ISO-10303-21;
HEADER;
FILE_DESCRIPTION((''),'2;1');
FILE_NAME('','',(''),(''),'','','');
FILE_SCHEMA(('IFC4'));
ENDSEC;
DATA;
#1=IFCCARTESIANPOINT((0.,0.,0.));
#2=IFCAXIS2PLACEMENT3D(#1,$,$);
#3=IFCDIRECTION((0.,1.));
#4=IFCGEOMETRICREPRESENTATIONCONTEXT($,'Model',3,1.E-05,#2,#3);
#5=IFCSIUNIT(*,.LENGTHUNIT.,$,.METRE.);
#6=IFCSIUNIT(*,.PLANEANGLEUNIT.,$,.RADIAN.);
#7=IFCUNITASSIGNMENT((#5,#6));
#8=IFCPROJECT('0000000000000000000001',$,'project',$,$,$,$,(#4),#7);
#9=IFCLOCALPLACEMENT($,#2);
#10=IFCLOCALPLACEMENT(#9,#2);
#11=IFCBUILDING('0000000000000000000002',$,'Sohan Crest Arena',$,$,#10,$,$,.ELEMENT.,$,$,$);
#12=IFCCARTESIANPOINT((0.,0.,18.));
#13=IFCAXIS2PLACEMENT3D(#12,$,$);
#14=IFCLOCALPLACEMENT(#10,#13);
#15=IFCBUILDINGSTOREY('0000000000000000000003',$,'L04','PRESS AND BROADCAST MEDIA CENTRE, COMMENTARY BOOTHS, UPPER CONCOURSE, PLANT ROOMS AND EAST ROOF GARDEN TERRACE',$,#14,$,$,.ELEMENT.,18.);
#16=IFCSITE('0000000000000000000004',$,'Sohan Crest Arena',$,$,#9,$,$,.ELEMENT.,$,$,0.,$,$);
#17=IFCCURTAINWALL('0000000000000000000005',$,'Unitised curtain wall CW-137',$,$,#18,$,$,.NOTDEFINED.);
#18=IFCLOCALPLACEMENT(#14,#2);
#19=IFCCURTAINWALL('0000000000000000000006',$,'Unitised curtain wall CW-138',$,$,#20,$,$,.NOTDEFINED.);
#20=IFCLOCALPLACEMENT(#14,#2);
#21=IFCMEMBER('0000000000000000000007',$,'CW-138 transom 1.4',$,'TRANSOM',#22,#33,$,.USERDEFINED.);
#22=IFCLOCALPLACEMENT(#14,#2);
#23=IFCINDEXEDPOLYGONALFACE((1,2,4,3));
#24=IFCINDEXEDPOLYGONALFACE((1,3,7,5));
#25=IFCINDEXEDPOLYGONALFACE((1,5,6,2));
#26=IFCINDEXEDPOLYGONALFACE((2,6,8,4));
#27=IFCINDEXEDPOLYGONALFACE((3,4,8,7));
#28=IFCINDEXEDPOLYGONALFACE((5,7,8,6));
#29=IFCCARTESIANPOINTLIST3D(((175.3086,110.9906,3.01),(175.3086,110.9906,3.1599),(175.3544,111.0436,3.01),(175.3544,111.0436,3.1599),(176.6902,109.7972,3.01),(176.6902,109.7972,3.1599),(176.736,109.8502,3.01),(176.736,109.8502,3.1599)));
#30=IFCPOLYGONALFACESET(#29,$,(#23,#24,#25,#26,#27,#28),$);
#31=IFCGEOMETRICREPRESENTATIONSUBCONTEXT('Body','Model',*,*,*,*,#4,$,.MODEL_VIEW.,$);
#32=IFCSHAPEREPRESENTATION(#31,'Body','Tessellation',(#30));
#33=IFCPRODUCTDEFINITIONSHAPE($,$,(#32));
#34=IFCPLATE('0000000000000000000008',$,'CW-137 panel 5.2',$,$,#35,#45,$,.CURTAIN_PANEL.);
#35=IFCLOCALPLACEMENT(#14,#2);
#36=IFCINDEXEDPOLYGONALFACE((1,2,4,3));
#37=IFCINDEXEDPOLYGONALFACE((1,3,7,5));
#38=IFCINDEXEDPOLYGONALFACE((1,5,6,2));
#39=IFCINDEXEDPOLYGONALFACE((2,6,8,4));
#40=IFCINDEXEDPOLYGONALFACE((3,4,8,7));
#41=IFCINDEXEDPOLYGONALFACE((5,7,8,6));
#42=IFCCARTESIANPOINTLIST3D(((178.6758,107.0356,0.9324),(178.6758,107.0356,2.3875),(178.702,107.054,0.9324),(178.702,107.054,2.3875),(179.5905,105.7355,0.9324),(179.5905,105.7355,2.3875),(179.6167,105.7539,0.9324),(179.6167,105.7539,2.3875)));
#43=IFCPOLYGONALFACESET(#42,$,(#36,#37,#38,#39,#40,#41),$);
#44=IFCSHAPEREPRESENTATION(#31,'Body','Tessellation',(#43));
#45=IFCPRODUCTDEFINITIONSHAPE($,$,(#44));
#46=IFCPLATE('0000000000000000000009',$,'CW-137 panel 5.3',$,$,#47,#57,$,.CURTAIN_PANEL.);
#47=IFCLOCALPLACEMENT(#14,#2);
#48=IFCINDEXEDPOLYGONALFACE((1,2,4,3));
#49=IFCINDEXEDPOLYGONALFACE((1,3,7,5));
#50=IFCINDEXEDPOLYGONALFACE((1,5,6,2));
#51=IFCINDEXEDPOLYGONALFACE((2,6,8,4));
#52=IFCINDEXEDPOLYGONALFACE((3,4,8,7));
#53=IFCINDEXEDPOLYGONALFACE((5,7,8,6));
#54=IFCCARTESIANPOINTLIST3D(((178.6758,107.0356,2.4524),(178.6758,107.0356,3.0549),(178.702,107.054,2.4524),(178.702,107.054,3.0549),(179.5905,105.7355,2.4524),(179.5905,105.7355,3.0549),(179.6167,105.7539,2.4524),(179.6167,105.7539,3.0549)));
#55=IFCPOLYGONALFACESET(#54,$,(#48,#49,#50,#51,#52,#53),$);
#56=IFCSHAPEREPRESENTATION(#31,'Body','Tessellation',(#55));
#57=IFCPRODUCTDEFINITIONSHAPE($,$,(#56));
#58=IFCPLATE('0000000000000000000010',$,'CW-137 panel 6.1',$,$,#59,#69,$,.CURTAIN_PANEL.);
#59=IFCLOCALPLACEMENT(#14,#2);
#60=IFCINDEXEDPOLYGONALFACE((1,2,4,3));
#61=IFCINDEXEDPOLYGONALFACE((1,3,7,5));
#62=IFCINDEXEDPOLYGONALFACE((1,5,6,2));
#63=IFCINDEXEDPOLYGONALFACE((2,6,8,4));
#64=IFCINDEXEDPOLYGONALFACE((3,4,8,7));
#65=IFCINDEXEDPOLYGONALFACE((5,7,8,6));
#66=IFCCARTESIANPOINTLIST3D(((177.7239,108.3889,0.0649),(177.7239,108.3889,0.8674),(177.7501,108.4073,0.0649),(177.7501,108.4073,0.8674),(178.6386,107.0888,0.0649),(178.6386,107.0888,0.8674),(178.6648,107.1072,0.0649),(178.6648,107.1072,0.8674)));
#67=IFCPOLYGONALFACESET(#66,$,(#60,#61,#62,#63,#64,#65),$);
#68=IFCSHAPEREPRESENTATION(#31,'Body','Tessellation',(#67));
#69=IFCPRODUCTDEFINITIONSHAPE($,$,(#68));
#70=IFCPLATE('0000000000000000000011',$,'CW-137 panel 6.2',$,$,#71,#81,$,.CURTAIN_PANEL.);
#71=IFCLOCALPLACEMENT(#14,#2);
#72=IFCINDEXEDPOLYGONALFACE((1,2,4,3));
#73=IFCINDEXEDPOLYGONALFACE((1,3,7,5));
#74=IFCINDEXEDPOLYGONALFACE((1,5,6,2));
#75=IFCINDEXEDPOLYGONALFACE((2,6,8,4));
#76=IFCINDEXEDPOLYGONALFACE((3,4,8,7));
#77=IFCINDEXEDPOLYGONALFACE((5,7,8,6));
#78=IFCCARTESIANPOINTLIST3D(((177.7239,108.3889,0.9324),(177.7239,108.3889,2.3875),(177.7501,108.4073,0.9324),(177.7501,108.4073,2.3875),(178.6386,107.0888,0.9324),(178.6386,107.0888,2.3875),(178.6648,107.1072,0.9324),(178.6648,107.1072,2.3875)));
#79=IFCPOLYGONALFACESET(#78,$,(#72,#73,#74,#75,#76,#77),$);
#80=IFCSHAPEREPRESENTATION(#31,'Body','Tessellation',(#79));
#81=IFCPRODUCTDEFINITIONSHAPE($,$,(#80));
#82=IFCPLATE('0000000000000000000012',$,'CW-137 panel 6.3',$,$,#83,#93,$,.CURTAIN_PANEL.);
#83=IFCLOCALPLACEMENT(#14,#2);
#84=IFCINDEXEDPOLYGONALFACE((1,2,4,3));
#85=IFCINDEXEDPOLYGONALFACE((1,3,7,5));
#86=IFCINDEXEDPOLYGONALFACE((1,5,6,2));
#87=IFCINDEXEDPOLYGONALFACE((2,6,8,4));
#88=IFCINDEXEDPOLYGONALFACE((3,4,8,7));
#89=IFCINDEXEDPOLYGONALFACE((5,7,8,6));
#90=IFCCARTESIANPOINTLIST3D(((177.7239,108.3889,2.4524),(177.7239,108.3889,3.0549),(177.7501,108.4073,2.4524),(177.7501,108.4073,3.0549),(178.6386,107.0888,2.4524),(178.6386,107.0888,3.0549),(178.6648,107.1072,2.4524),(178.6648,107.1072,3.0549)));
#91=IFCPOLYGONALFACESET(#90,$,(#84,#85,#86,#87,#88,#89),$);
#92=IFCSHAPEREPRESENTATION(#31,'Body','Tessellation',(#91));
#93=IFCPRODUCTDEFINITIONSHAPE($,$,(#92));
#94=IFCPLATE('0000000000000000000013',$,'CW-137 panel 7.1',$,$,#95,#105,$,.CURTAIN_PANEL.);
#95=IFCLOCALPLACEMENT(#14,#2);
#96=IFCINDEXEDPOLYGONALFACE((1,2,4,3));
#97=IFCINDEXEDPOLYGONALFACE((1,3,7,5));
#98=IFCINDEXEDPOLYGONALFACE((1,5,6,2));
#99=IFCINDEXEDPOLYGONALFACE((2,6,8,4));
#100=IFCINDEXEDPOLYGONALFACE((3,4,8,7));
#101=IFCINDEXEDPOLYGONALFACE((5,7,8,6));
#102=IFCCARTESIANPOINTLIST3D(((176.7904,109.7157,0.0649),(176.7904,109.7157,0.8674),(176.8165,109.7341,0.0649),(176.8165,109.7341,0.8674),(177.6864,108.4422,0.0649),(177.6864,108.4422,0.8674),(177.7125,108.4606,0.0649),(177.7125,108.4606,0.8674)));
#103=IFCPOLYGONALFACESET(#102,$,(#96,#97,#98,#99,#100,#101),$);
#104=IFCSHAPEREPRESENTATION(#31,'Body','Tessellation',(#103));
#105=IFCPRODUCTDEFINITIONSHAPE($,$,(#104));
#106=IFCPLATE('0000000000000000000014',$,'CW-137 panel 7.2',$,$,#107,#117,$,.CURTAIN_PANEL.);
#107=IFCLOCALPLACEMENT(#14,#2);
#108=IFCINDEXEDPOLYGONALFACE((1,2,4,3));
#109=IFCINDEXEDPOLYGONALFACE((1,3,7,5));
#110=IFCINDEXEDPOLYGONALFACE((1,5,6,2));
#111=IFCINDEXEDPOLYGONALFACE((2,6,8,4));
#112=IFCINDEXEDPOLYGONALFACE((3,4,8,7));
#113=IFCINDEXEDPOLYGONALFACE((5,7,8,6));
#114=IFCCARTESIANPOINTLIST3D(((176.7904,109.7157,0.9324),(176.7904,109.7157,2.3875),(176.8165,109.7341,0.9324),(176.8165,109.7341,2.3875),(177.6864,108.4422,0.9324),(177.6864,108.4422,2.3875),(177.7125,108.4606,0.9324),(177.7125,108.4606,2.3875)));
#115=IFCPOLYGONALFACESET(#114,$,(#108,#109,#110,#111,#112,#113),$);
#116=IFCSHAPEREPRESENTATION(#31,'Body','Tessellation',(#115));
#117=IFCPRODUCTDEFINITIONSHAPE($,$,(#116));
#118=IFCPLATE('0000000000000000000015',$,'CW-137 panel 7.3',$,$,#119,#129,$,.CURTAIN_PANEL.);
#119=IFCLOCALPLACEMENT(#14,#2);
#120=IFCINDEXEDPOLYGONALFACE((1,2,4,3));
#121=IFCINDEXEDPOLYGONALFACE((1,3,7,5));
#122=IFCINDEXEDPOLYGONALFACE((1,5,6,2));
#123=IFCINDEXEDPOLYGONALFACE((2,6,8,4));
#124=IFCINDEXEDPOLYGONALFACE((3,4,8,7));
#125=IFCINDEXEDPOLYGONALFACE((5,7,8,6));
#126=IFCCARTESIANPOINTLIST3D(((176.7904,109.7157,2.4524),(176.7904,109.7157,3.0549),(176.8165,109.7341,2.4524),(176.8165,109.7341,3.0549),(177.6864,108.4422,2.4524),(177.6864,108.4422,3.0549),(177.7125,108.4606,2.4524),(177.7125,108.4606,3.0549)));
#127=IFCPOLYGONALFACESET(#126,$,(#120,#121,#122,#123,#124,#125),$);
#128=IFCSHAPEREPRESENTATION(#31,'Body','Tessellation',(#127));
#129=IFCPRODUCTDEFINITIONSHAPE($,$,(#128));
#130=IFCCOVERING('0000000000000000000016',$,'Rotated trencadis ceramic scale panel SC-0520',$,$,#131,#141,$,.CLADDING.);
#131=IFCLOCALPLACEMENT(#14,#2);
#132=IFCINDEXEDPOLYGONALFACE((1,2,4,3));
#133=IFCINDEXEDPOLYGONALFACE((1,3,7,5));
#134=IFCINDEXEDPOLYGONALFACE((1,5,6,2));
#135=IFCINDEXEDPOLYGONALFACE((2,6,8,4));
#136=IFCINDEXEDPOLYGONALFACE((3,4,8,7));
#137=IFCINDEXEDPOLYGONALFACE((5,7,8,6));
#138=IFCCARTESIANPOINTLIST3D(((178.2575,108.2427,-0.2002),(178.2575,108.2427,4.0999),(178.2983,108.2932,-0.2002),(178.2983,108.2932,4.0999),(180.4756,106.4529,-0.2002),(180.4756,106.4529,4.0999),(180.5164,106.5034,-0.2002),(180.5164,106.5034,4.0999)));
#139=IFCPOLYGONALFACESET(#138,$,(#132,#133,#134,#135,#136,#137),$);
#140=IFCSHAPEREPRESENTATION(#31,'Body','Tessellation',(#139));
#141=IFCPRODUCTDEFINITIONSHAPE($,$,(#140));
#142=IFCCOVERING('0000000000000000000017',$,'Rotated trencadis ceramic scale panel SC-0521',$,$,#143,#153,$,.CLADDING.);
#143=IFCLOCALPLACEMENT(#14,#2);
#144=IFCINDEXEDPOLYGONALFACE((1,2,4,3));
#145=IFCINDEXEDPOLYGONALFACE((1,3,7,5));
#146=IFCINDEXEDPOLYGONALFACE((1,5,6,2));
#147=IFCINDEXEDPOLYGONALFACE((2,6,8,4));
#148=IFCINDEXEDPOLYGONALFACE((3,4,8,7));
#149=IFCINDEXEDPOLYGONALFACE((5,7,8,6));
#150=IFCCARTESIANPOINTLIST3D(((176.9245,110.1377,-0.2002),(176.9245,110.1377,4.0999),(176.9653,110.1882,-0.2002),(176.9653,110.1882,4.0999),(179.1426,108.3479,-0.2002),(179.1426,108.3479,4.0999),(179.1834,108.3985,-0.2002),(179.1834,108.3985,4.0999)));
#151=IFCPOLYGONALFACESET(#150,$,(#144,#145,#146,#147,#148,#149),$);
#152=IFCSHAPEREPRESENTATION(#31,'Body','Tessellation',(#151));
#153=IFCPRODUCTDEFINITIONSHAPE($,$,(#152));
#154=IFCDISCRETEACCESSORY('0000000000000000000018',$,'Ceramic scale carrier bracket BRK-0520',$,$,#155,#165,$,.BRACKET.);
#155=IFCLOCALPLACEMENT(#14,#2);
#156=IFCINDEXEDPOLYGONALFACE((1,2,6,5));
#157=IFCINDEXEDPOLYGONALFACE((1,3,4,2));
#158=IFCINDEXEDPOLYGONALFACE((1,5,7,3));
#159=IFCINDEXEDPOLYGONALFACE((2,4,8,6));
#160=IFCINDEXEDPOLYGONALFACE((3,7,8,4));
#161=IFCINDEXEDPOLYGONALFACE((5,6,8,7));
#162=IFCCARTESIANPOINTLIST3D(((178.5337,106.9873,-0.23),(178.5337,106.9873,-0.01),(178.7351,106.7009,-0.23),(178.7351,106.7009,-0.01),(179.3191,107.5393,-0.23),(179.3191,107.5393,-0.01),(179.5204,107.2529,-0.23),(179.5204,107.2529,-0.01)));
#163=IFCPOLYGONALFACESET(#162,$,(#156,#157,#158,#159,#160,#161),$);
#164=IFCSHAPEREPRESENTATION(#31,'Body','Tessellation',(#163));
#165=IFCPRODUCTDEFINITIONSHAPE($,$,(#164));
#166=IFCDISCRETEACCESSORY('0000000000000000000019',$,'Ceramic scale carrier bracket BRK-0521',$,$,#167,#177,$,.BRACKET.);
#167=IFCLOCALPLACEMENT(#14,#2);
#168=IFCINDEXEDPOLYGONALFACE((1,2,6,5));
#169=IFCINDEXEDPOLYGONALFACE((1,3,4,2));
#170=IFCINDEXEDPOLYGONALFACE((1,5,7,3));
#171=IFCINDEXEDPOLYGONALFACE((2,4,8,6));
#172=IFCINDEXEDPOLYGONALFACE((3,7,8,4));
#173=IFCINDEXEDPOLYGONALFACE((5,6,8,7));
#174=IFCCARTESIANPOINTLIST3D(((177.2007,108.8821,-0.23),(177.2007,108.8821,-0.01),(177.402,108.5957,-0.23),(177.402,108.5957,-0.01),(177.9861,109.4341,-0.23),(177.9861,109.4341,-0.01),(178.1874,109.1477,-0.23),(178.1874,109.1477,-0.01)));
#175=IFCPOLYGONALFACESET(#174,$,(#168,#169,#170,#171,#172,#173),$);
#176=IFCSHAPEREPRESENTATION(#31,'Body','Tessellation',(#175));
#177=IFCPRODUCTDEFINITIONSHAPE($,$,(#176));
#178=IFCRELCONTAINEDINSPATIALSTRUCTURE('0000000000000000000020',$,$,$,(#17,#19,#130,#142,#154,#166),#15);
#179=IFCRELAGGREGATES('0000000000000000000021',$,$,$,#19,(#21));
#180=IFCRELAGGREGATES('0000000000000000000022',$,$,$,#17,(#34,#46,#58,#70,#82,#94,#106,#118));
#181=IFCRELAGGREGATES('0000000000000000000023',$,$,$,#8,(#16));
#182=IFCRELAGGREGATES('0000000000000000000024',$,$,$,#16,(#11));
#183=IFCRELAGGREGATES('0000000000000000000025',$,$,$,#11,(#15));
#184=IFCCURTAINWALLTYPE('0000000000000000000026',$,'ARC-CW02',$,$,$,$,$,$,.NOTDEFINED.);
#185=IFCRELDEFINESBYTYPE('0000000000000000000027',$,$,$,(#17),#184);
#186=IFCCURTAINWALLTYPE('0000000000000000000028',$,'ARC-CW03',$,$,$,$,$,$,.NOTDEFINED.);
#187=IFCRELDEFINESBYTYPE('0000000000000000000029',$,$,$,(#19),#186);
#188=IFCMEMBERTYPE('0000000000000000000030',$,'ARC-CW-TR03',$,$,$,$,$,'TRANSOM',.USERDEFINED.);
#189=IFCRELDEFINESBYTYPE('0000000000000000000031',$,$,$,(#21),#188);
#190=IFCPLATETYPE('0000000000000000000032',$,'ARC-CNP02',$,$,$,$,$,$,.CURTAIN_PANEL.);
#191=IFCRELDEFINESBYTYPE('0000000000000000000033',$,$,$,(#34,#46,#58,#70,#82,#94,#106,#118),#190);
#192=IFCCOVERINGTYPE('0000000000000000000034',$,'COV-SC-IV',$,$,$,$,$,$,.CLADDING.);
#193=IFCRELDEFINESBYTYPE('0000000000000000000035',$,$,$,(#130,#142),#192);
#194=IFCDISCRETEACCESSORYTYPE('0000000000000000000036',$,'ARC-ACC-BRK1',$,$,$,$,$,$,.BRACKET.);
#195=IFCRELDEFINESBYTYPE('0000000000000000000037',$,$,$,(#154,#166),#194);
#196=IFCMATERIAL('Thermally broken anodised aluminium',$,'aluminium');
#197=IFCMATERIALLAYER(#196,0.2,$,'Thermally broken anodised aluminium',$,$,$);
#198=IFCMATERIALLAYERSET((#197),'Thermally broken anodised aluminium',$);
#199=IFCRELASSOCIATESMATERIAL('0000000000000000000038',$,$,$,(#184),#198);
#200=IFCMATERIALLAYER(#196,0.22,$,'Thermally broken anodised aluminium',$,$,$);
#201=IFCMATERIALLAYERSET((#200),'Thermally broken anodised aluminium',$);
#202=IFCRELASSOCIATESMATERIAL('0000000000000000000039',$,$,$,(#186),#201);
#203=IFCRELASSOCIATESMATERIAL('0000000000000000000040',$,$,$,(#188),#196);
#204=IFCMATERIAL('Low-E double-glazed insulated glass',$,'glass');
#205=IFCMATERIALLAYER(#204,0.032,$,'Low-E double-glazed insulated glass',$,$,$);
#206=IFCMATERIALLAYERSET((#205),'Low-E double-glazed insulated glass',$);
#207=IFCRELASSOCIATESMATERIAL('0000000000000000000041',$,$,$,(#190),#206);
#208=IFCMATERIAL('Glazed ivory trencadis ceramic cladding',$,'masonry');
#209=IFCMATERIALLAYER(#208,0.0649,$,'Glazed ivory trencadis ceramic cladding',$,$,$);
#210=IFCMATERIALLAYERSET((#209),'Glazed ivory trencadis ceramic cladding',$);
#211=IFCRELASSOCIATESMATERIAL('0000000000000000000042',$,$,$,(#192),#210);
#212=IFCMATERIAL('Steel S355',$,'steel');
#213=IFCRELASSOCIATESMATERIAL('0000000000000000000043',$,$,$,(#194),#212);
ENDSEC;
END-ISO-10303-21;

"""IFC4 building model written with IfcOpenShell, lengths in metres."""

from ifc_helpers import new_model, si_unit, direction, frame, origin, origin_2d, place, context, subcontext, project, spatial, rectangle, extrude, material, layer, layer_set, material_profile, profile_set, type_object, element, aggregate, save


model = new_model("IFC4")

# Units and contexts
model_context = context("Model", 3, precision=1e-05, world=origin(), true_north=direction((0.0, 1.0)))
body_context = subcontext(model_context, "Body", "Model", "MODEL_VIEW")
ifc_project = project(units=[si_unit("LENGTHUNIT", "METRE"), si_unit("PLANEANGLEUNIT", "RADIAN")], contexts=[model_context])

# Site, building, storey
site_placement = place(None, origin())
site = spatial("IfcSite", under=ifc_project, at=site_placement, Name="Sohan Crest Arena", CompositionType="ELEMENT", RefElevation=0.0)
building_placement = place(site_placement, origin())
building = spatial("IfcBuilding", under=site, at=building_placement, Name="Sohan Crest Arena", CompositionType="ELEMENT")
storey_placement = place(building_placement, frame((0.0, 0.0, 18.0)))
storey = spatial("IfcBuildingStorey", under=building, at=storey_placement, Name="L04", Description="PRESS AND BROADCAST MEDIA CENTRE, COMMENTARY BOOTHS, UPPER CONCOURSE, PLANT ROOMS AND EAST ROOF GARDEN TERRACE", CompositionType="ELEMENT", Elevation=18.0)

# Curtain wall
ifc_material_1 = material(Name="Thermally broken anodised aluminium", Category="aluminium")
ifc_layer_1 = layer(ifc_material_1, 0.2, Name="Thermally broken anodised aluminium")
ifc_layer_set_1 = layer_set([ifc_layer_1], Name="Thermally broken anodised aluminium")
curtain_wall_type_1 = type_object("IfcCurtainWallType", Name="ARC-CW02", PredefinedType="NOTDEFINED", material=ifc_layer_set_1)
curtain_wall_1_placement = place(storey_placement, origin())
curtain_wall_1 = element("IfcCurtainWall", 1, at=curtain_wall_1_placement, inside=storey, type_object=curtain_wall_type_1, Name="Unitised curtain wall CW-137", PredefinedType="NOTDEFINED")

# Curtain wall
ifc_layer_2 = layer(ifc_material_1, 0.22, Name="Thermally broken anodised aluminium")
ifc_layer_set_2 = layer_set([ifc_layer_2], Name="Thermally broken anodised aluminium")
curtain_wall_type_2 = type_object("IfcCurtainWallType", Name="ARC-CW03", PredefinedType="NOTDEFINED", material=ifc_layer_set_2)
curtain_wall_2_placement = place(storey_placement, origin())
curtain_wall_2 = element("IfcCurtainWall", 2, at=curtain_wall_2_placement, inside=storey, type_object=curtain_wall_type_2, Name="Unitised curtain wall CW-138", PredefinedType="NOTDEFINED")

# Member
ifc_material_profile_1 = material_profile(ifc_material_1, rectangle(XDim=0.0701, YDim=0.1499, at=origin_2d()), Name="ALU-TRAN 70x150")
ifc_profile_set_1 = profile_set([ifc_material_profile_1], Name="Thermally broken anodised aluminium")
member_type_1 = type_object("IfcMemberType", Name="ARC-CW-TR03", ElementType="TRANSOM", PredefinedType="USERDEFINED", material=ifc_profile_set_1)
member_1_placement = place(storey_placement, frame((176.7131, 109.8237, 3.085), z_axis=(-0.756778, 0.653672, 0.0), x_axis=(-0.653672, -0.756778, 0.0)))
member_1 = element("IfcMember", 3, at=member_1_placement, type_object=member_type_1, Name="CW-138 transom 1.4", ObjectType="TRANSOM", PredefinedType="USERDEFINED", context=body_context, shape_type="SweptSolid", body=[
    extrude(rectangle(XDim=0.0701, YDim=0.1499, at=origin_2d()), origin(), (0.0, 0.0, 1.0), 1.8257),
])
aggregate(curtain_wall_2, [member_1])

# Plates
ifc_material_2 = material(Name="Low-E double-glazed insulated glass", Category="glass")
ifc_layer_3 = layer(ifc_material_2, 0.032, Name="Low-E double-glazed insulated glass")
ifc_layer_set_3 = layer_set([ifc_layer_3], Name="Low-E double-glazed insulated glass")
plate_type = type_object("IfcPlateType", Name="ARC-CNP02", PredefinedType="CURTAIN_PANEL", material=ifc_layer_set_3)
plate_1_placement = place(storey_placement, frame((179.1462, 106.3948, 0.9324), z_axis=(0.0, 0.0, 1.0), x_axis=(-0.575425, 0.817855, 0.0)))
plate_1 = element("IfcPlate", 4, at=plate_1_placement, type_object=plate_type, Name="CW-137 panel 5.2", PredefinedType="CURTAIN_PANEL", context=body_context, shape_type="SweptSolid", body=[
    extrude(rectangle(XDim=1.5896, YDim=0.032, at=origin_2d()), origin(), (0.0, 0.0, 1.0), 1.4551),
])
plate_2_placement = place(storey_placement, frame((179.1462, 106.3948, 2.4524), z_axis=(0.0, 0.0, 1.0), x_axis=(-0.575425, 0.817855, 0.0)))
plate_2 = element("IfcPlate", 5, at=plate_2_placement, type_object=plate_type, Name="CW-137 panel 5.3", PredefinedType="CURTAIN_PANEL", context=body_context, shape_type="SweptSolid", body=[
    extrude(rectangle(XDim=1.5896, YDim=0.032, at=origin_2d()), origin(), (0.0, 0.0, 1.0), 0.6025),
])
plate_3_placement = place(storey_placement, frame((178.1943, 107.748, 0.0649), z_axis=(0.0, 0.0, 1.0), x_axis=(-0.575425, 0.817855, 0.0)))
plate_3 = element("IfcPlate", 6, at=plate_3_placement, type_object=plate_type, Name="CW-137 panel 6.1", PredefinedType="CURTAIN_PANEL", context=body_context, shape_type="SweptSolid", body=[
    extrude(rectangle(XDim=1.5896, YDim=0.032, at=origin_2d()), origin(), (0.0, 0.0, 1.0), 0.8025),
])
plate_4_placement = place(storey_placement, frame((178.1943, 107.748, 0.9324), z_axis=(0.0, 0.0, 1.0), x_axis=(-0.575425, 0.817855, 0.0)))
plate_4 = element("IfcPlate", 7, at=plate_4_placement, type_object=plate_type, Name="CW-137 panel 6.2", PredefinedType="CURTAIN_PANEL", context=body_context, shape_type="SweptSolid", body=[
    extrude(rectangle(XDim=1.5896, YDim=0.032, at=origin_2d()), origin(), (0.0, 0.0, 1.0), 1.4551),
])
plate_5_placement = place(storey_placement, frame((178.1943, 107.748, 2.4524), z_axis=(0.0, 0.0, 1.0), x_axis=(-0.575425, 0.817855, 0.0)))
plate_5 = element("IfcPlate", 8, at=plate_5_placement, type_object=plate_type, Name="CW-137 panel 6.3", PredefinedType="CURTAIN_PANEL", context=body_context, shape_type="SweptSolid", body=[
    extrude(rectangle(XDim=1.5896, YDim=0.032, at=origin_2d()), origin(), (0.0, 0.0, 1.0), 0.6025),
])
plate_6_placement = place(storey_placement, frame((177.2515, 109.0881, 0.0649), z_axis=(0.0, 0.0, 1.0), x_axis=(-0.575425, 0.817855, 0.0)))
plate_6 = element("IfcPlate", 9, at=plate_6_placement, type_object=plate_type, Name="CW-137 panel 7.1", PredefinedType="CURTAIN_PANEL", context=body_context, shape_type="SweptSolid", body=[
    extrude(rectangle(XDim=1.5571, YDim=0.032, at=origin_2d()), origin(), (0.0, 0.0, 1.0), 0.8025),
])
plate_7_placement = place(storey_placement, frame((177.2515, 109.0881, 0.9324), z_axis=(0.0, 0.0, 1.0), x_axis=(-0.575425, 0.817855, 0.0)))
plate_7 = element("IfcPlate", 10, at=plate_7_placement, type_object=plate_type, Name="CW-137 panel 7.2", PredefinedType="CURTAIN_PANEL", context=body_context, shape_type="SweptSolid", body=[
    extrude(rectangle(XDim=1.5571, YDim=0.032, at=origin_2d()), origin(), (0.0, 0.0, 1.0), 1.4551),
])
plate_8_placement = place(storey_placement, frame((177.2515, 109.0881, 2.4524), z_axis=(0.0, 0.0, 1.0), x_axis=(-0.575425, 0.817855, 0.0)))
plate_8 = element("IfcPlate", 11, at=plate_8_placement, type_object=plate_type, Name="CW-137 panel 7.3", PredefinedType="CURTAIN_PANEL", context=body_context, shape_type="SweptSolid", body=[
    extrude(rectangle(XDim=1.5571, YDim=0.032, at=origin_2d()), origin(), (0.0, 0.0, 1.0), 0.6025),
])
aggregate(curtain_wall_1, [plate_1, plate_2, plate_3, plate_4, plate_5, plate_6, plate_7, plate_8])

# Coverings
ifc_material_3 = material(Name="Glazed ivory trencadis ceramic cladding", Category="masonry")
ifc_layer_4 = layer(ifc_material_3, 0.0649, Name="Glazed ivory trencadis ceramic cladding")
ifc_layer_set_4 = layer_set([ifc_layer_4], Name="Glazed ivory trencadis ceramic cladding")
covering_type = type_object("IfcCoveringType", Name="COV-SC-IV", PredefinedType="CLADDING", material=ifc_layer_set_4)
for number, where, z_axis, x_axis, name in (
    (12, (179.387, 107.373, -0.2002), (0.0, 0.0, 1.0), (-0.778243, 0.627963, 0.0), "Rotated trencadis ceramic scale panel SC-0520"),
    (13, (178.054, 109.2681, -0.2002), (0.0, 0.0, 1.0), (-0.778243, 0.627963, 0.0), "Rotated trencadis ceramic scale panel SC-0521"),
):
    element("IfcCovering", number, at=place(storey_placement, frame(where, z_axis=z_axis, x_axis=x_axis)), inside=storey, type_object=covering_type, Name=name, PredefinedType="CLADDING", context=body_context, shape_type="SweptSolid", body=[
        extrude(rectangle(XDim=2.8501, YDim=0.0649, at=origin_2d()), origin(), (0.0, 0.0, 1.0), 4.3),
    ])

# Discrete accessories
ifc_material_4 = material(Name="Steel S355", Category="steel")
discrete_accessory_type = type_object("IfcDiscreteAccessoryType", Name="ARC-ACC-BRK1", PredefinedType="BRACKET", material=ifc_material_4)
for number, where, z_axis, x_axis, name in (
    (14, (179.0271, 107.1201, -0.23), (0.0, 0.0, 1.0), (-0.575005, 0.81815, 0.0), "Ceramic scale carrier bracket BRK-0520"),
    (15, (177.6941, 109.0149, -0.23), (0.0, 0.0, 1.0), (-0.575005, 0.81815, 0.0), "Ceramic scale carrier bracket BRK-0521"),
):
    element("IfcDiscreteAccessory", number, at=place(storey_placement, frame(where, z_axis=z_axis, x_axis=x_axis)), inside=storey, type_object=discrete_accessory_type, Name=name, PredefinedType="BRACKET", context=body_context, shape_type="SweptSolid", body=[
        extrude(rectangle(XDim=0.3501, YDim=0.96, at=origin_2d()), origin(), (0.0, 0.0, 1.0), 0.22),
    ])

save(model, "model.ifc")
